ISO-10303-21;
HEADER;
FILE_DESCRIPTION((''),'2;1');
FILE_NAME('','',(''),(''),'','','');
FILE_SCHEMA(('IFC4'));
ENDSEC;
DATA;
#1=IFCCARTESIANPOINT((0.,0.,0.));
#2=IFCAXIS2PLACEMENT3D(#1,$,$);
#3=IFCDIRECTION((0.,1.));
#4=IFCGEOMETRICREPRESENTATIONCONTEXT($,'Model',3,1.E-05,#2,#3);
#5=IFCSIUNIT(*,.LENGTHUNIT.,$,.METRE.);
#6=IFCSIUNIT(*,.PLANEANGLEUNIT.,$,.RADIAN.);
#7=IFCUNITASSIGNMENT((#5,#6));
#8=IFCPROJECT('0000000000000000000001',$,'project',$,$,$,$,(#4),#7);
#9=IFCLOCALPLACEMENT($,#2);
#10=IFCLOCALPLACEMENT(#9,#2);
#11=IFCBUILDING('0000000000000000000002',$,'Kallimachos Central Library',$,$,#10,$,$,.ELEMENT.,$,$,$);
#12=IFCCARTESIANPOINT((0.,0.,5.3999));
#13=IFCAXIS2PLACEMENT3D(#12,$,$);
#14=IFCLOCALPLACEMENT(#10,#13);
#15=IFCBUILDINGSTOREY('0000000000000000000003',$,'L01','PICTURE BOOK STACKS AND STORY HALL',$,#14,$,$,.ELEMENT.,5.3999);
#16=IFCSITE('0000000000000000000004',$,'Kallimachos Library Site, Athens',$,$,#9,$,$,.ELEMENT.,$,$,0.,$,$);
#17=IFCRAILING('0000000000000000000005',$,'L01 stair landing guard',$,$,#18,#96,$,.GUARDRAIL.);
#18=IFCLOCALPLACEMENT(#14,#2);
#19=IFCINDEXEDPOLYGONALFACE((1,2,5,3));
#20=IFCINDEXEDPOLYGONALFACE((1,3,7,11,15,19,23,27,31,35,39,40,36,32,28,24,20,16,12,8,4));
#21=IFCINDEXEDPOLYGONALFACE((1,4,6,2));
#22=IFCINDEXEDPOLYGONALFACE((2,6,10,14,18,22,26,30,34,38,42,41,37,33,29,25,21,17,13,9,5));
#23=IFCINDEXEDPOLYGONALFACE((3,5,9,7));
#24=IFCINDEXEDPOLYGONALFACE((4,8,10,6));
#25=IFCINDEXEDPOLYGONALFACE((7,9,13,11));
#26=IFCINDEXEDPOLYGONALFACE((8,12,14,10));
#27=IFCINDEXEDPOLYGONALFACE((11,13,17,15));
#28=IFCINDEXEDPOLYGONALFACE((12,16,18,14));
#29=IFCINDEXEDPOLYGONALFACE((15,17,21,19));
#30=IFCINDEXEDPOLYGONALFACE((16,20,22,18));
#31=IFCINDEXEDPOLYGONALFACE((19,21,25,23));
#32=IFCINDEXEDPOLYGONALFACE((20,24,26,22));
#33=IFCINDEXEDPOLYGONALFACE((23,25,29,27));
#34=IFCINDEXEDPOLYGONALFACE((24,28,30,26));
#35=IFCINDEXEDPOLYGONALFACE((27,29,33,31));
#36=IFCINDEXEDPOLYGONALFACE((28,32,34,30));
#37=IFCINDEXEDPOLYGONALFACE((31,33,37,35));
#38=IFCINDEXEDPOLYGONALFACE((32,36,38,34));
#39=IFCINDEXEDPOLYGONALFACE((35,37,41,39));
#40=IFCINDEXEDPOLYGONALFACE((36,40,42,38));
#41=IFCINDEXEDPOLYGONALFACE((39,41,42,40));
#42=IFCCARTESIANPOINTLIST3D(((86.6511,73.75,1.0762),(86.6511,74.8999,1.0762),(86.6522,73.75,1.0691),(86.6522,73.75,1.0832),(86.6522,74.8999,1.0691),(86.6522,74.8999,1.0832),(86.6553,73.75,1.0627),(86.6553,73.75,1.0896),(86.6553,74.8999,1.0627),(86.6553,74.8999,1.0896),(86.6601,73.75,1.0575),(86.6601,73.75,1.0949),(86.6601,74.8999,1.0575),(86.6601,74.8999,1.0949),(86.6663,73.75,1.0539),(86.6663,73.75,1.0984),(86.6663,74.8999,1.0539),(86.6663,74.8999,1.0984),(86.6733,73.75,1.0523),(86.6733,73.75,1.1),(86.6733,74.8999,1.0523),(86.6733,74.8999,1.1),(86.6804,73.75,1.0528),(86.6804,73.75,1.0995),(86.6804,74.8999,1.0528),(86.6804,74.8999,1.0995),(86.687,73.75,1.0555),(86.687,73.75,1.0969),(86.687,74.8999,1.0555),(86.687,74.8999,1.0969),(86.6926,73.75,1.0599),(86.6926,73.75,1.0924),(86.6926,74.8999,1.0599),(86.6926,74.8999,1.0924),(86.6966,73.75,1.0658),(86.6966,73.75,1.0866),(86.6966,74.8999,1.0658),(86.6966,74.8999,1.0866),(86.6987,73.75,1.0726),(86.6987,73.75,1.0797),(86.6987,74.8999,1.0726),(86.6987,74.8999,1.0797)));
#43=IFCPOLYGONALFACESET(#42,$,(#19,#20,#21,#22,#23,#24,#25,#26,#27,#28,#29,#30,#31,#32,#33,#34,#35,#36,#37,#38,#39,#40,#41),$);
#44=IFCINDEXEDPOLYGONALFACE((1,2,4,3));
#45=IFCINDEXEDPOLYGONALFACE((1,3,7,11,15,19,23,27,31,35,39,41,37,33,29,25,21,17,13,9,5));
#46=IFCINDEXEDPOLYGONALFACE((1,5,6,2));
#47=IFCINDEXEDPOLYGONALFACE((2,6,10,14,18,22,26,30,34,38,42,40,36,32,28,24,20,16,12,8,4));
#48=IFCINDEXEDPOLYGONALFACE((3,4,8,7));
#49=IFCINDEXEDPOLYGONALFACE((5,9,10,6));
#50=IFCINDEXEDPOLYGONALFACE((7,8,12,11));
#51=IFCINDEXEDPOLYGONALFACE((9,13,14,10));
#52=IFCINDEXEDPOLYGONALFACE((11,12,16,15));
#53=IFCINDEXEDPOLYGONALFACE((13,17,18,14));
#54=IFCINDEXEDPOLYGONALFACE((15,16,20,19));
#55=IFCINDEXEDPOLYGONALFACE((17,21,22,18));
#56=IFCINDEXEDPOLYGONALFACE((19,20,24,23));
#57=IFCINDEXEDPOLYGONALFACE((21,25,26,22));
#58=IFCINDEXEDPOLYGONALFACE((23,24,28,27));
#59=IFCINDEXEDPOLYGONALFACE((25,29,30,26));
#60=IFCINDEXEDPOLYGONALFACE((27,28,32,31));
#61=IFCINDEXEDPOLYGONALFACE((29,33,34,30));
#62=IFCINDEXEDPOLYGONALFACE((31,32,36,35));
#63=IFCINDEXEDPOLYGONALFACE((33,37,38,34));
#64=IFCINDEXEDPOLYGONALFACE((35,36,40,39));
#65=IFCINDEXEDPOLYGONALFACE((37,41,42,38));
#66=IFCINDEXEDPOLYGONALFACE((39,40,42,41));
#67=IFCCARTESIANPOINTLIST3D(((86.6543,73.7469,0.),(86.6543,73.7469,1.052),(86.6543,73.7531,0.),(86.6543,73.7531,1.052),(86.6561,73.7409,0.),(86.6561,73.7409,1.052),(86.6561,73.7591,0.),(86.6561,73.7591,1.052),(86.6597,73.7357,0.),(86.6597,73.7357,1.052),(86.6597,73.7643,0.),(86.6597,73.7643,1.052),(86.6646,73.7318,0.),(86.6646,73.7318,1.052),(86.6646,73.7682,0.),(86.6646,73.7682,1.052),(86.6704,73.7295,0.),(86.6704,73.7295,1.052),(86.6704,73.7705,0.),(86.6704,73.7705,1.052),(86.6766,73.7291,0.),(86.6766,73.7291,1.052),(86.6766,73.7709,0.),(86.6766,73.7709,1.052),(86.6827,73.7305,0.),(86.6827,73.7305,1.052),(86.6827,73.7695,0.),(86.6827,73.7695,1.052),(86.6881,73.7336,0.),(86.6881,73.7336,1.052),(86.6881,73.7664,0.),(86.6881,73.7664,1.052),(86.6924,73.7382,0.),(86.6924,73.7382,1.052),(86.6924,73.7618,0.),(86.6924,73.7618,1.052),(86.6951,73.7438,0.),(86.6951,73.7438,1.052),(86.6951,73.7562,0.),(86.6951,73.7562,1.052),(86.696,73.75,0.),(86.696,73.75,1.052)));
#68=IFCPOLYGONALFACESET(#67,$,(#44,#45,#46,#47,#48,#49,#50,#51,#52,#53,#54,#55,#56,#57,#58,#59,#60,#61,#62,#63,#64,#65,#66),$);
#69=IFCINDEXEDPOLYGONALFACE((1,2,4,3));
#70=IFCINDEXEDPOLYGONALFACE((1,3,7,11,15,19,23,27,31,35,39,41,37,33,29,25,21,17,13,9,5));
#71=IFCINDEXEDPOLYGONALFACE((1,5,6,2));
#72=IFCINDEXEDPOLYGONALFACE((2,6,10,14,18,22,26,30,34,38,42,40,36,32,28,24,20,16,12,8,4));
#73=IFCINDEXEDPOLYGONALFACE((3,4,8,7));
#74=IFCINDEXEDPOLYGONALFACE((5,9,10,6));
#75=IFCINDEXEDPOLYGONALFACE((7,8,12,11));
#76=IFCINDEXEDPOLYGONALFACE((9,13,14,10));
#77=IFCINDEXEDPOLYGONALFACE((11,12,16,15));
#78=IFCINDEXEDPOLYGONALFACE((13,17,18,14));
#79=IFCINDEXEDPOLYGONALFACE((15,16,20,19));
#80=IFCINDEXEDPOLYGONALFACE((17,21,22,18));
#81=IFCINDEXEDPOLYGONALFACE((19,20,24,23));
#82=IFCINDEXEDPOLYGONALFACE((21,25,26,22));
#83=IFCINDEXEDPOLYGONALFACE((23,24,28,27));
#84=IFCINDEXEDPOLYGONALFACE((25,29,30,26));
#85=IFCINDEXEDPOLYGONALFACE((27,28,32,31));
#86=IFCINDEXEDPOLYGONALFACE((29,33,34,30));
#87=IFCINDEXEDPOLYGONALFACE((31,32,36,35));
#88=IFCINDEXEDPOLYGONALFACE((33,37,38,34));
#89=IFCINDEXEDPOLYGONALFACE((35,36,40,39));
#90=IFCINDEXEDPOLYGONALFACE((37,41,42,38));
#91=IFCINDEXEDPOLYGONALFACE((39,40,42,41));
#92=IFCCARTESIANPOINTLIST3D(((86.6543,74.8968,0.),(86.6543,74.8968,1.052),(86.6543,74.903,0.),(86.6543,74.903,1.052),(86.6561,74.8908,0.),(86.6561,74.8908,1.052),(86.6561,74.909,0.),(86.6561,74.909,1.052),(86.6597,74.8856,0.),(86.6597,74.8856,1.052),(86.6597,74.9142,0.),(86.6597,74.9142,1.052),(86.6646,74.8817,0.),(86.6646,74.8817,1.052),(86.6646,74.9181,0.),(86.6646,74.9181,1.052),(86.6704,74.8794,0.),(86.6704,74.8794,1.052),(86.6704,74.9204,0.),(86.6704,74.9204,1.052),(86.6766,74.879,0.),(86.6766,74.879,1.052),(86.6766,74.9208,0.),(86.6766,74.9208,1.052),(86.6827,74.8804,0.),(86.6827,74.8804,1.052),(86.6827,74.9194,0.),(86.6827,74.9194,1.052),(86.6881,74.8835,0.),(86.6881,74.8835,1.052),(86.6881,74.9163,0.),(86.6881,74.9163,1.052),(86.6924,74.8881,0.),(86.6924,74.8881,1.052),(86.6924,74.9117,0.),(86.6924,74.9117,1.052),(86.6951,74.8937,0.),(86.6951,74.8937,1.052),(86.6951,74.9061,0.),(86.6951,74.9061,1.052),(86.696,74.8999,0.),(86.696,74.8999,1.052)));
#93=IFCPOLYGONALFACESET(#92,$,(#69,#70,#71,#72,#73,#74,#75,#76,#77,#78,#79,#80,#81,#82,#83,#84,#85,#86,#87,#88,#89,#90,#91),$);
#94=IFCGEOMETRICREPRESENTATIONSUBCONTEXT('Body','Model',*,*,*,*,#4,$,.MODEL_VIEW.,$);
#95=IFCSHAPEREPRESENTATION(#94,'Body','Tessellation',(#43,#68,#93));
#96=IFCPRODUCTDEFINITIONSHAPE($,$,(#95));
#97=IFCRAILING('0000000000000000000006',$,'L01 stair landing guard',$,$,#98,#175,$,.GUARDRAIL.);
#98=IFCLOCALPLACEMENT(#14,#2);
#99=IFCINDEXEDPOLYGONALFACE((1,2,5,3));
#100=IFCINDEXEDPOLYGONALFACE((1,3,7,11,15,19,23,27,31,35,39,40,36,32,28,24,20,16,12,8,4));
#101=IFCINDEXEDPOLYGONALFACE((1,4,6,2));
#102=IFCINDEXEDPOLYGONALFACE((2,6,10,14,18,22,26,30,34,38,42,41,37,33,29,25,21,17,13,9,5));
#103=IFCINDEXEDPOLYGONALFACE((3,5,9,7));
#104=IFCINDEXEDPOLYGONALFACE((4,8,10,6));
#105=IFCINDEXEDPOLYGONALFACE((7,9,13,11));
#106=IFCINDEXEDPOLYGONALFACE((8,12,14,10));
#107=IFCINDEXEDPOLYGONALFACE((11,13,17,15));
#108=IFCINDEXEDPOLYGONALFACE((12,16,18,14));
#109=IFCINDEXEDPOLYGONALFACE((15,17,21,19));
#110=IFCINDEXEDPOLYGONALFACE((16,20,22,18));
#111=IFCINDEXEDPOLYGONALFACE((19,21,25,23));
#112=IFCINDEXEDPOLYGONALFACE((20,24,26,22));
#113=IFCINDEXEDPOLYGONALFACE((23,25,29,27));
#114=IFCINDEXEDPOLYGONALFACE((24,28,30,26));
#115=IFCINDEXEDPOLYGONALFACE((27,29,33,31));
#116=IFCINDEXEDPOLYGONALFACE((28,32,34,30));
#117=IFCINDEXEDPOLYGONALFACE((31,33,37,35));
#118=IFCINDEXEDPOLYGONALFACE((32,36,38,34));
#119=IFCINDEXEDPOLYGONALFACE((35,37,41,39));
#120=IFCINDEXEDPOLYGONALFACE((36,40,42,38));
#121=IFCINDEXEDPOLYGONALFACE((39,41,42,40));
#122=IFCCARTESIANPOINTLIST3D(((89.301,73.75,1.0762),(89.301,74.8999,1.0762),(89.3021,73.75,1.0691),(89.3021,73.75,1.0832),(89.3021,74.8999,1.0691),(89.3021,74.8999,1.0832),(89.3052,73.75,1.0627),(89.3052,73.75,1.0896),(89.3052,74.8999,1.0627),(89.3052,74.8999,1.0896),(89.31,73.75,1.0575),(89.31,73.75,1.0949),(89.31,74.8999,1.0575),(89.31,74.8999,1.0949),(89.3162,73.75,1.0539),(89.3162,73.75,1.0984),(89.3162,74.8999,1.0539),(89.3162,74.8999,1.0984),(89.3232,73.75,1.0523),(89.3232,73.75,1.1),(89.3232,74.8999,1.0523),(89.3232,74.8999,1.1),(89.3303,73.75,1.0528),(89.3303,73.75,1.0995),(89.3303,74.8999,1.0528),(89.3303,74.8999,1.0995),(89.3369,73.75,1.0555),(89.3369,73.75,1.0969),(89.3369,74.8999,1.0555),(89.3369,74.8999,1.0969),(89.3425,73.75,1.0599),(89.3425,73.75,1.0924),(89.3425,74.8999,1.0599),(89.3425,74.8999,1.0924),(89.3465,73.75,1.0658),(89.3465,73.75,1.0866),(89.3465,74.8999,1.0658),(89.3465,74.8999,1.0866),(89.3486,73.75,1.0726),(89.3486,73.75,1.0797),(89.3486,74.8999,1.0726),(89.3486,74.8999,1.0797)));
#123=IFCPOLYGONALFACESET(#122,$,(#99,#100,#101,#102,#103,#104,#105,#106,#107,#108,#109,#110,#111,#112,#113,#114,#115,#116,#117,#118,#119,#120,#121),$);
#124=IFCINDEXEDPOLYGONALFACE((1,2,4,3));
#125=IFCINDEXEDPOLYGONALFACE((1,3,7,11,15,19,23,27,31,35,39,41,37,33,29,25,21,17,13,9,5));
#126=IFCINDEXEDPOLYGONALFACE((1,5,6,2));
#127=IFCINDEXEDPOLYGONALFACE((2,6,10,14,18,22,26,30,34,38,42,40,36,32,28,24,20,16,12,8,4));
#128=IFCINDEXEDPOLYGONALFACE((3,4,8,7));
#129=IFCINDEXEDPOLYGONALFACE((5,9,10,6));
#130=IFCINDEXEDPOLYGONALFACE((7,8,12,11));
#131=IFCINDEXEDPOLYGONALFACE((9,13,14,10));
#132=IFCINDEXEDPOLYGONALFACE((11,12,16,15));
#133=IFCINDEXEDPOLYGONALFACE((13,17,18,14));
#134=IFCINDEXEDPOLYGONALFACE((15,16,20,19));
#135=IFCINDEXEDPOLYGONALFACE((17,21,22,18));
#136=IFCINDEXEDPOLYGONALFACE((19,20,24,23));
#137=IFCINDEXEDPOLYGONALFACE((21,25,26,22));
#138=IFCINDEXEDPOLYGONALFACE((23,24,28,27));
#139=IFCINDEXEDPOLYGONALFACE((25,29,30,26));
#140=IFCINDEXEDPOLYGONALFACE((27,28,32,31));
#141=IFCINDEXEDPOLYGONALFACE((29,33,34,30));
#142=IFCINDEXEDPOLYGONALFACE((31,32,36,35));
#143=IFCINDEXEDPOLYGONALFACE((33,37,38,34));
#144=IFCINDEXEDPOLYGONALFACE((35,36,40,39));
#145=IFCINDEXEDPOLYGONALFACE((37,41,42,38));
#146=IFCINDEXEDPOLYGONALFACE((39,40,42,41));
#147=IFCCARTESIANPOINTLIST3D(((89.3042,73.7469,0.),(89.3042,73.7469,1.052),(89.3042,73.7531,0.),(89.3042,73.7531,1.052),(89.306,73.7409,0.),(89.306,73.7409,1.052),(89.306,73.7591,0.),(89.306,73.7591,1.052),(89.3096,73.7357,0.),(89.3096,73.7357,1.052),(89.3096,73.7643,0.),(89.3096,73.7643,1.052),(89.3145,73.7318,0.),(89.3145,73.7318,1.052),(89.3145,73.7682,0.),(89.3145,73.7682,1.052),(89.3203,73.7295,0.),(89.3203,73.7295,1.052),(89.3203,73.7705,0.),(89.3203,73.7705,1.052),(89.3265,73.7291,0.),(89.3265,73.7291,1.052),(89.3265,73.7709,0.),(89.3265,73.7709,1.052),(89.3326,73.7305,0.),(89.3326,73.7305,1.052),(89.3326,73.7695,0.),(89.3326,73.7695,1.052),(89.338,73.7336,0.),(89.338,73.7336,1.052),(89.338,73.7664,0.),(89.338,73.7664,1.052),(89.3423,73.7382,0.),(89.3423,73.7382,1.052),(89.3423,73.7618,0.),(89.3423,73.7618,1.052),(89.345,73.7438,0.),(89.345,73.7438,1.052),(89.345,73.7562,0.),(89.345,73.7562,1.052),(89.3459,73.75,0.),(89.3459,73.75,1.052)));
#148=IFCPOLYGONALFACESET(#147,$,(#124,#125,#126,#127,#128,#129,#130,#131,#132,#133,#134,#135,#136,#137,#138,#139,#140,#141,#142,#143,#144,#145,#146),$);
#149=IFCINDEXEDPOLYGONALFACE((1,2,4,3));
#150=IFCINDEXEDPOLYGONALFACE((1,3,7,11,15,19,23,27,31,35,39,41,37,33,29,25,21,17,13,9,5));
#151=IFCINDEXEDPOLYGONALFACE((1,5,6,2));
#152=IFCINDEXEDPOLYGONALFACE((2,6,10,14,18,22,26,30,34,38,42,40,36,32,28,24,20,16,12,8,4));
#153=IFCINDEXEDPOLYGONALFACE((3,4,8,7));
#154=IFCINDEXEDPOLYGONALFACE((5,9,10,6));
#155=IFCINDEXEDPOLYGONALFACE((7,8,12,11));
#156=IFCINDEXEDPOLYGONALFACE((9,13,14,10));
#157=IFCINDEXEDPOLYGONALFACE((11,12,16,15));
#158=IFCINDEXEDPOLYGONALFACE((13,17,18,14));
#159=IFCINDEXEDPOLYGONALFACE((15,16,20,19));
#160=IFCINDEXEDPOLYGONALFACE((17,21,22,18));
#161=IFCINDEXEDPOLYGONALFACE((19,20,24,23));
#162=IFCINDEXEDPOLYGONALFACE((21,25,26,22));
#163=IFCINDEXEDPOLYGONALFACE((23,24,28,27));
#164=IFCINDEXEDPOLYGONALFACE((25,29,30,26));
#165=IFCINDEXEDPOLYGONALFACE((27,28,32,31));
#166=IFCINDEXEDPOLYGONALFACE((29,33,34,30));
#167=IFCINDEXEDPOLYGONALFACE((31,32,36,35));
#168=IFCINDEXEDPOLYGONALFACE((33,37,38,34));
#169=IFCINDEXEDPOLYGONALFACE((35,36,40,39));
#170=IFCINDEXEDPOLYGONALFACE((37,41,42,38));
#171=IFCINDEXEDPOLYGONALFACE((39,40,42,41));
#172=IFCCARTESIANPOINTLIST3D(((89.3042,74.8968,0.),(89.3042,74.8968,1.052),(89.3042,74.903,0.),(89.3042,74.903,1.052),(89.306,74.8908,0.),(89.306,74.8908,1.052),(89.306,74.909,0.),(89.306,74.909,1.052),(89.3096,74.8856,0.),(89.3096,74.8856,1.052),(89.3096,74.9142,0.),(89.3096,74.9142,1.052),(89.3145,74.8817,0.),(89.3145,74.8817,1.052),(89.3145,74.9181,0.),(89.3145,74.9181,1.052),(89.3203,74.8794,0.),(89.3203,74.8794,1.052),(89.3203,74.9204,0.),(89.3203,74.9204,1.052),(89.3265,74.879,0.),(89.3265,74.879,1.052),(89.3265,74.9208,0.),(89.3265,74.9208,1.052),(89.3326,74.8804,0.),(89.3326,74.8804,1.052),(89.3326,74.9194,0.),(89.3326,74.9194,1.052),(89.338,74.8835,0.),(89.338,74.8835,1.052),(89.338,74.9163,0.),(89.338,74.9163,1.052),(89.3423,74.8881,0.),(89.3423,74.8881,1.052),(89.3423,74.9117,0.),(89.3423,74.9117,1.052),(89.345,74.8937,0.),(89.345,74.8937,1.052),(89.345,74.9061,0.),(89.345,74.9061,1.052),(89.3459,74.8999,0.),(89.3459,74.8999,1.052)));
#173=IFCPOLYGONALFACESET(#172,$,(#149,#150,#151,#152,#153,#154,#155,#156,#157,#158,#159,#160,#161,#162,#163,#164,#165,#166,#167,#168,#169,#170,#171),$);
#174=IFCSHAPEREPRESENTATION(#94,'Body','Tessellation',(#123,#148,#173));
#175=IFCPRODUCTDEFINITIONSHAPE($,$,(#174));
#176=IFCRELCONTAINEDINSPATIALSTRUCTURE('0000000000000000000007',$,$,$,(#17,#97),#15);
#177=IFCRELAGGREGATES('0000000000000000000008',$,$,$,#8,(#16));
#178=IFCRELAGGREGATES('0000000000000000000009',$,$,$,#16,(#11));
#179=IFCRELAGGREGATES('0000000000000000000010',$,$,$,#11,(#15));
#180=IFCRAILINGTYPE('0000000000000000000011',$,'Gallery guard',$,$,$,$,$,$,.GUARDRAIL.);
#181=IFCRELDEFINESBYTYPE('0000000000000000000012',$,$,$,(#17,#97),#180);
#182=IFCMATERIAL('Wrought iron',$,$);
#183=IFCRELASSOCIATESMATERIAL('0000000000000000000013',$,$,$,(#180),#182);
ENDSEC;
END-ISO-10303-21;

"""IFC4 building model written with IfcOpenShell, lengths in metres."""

from ifc_helpers import new_model, si_unit, direction, frame, origin, origin_2d, place, context, subcontext, project, spatial, circle, extrude, material, type_object, element, save


model = new_model("IFC4")

# Units and contexts
model_context = context("Model", 3, precision=1e-05, world=origin(), true_north=direction((0.0, 1.0)))
body_context = subcontext(model_context, "Body", "Model", "MODEL_VIEW")
ifc_project = project(units=[si_unit("LENGTHUNIT", "METRE"), si_unit("PLANEANGLEUNIT", "RADIAN")], contexts=[model_context])

# Site, building, storey
site_placement = place(None, origin())
site = spatial("IfcSite", under=ifc_project, at=site_placement, Name="Kallimachos Library Site, Athens", CompositionType="ELEMENT", RefElevation=0.0)
building_placement = place(site_placement, origin())
building = spatial("IfcBuilding", under=site, at=building_placement, Name="Kallimachos Central Library", CompositionType="ELEMENT")
storey_placement = place(building_placement, frame((0.0, 0.0, 5.3999)))
storey = spatial("IfcBuildingStorey", under=building, at=storey_placement, Name="L01", Description="PICTURE BOOK STACKS AND STORY HALL", CompositionType="ELEMENT", Elevation=5.3999)

# Railings
ifc_material_1 = material(Name="Wrought iron")
railing_type_1 = type_object("IfcRailingType", Name="Gallery guard", PredefinedType="GUARDRAIL", material=ifc_material_1)
for number, where, name in (
    (1, (86.675, 73.75, 0.0), "L01 stair landing guard"),
    (2, (89.325, 73.75, 0.0), "L01 stair landing guard"),
):
    element("IfcRailing", number, at=place(storey_placement, frame(where)), inside=storey, type_object=railing_type_1, Name=name, PredefinedType="GUARDRAIL", context=body_context, shape_type="SweptSolid", body=[
        extrude(circle(Radius=0.0239, at=origin_2d()), frame((0.0, 0.0, 1.0762), z_axis=(0.0, 1.0, 0.0), x_axis=(-1.0, 0.0, 0.0)), (0.0, 0.0, 1.0), 1.1499),
        extrude(circle(Radius=0.021, at=origin_2d()), origin(), (0.0, 0.0, 1.0), 1.052),
        extrude(circle(Radius=0.021, at=origin_2d()), frame((0.0, 1.1499, 0.0)), (0.0, 0.0, 1.0), 1.052),
    ])

save(model, "model.ifc")
